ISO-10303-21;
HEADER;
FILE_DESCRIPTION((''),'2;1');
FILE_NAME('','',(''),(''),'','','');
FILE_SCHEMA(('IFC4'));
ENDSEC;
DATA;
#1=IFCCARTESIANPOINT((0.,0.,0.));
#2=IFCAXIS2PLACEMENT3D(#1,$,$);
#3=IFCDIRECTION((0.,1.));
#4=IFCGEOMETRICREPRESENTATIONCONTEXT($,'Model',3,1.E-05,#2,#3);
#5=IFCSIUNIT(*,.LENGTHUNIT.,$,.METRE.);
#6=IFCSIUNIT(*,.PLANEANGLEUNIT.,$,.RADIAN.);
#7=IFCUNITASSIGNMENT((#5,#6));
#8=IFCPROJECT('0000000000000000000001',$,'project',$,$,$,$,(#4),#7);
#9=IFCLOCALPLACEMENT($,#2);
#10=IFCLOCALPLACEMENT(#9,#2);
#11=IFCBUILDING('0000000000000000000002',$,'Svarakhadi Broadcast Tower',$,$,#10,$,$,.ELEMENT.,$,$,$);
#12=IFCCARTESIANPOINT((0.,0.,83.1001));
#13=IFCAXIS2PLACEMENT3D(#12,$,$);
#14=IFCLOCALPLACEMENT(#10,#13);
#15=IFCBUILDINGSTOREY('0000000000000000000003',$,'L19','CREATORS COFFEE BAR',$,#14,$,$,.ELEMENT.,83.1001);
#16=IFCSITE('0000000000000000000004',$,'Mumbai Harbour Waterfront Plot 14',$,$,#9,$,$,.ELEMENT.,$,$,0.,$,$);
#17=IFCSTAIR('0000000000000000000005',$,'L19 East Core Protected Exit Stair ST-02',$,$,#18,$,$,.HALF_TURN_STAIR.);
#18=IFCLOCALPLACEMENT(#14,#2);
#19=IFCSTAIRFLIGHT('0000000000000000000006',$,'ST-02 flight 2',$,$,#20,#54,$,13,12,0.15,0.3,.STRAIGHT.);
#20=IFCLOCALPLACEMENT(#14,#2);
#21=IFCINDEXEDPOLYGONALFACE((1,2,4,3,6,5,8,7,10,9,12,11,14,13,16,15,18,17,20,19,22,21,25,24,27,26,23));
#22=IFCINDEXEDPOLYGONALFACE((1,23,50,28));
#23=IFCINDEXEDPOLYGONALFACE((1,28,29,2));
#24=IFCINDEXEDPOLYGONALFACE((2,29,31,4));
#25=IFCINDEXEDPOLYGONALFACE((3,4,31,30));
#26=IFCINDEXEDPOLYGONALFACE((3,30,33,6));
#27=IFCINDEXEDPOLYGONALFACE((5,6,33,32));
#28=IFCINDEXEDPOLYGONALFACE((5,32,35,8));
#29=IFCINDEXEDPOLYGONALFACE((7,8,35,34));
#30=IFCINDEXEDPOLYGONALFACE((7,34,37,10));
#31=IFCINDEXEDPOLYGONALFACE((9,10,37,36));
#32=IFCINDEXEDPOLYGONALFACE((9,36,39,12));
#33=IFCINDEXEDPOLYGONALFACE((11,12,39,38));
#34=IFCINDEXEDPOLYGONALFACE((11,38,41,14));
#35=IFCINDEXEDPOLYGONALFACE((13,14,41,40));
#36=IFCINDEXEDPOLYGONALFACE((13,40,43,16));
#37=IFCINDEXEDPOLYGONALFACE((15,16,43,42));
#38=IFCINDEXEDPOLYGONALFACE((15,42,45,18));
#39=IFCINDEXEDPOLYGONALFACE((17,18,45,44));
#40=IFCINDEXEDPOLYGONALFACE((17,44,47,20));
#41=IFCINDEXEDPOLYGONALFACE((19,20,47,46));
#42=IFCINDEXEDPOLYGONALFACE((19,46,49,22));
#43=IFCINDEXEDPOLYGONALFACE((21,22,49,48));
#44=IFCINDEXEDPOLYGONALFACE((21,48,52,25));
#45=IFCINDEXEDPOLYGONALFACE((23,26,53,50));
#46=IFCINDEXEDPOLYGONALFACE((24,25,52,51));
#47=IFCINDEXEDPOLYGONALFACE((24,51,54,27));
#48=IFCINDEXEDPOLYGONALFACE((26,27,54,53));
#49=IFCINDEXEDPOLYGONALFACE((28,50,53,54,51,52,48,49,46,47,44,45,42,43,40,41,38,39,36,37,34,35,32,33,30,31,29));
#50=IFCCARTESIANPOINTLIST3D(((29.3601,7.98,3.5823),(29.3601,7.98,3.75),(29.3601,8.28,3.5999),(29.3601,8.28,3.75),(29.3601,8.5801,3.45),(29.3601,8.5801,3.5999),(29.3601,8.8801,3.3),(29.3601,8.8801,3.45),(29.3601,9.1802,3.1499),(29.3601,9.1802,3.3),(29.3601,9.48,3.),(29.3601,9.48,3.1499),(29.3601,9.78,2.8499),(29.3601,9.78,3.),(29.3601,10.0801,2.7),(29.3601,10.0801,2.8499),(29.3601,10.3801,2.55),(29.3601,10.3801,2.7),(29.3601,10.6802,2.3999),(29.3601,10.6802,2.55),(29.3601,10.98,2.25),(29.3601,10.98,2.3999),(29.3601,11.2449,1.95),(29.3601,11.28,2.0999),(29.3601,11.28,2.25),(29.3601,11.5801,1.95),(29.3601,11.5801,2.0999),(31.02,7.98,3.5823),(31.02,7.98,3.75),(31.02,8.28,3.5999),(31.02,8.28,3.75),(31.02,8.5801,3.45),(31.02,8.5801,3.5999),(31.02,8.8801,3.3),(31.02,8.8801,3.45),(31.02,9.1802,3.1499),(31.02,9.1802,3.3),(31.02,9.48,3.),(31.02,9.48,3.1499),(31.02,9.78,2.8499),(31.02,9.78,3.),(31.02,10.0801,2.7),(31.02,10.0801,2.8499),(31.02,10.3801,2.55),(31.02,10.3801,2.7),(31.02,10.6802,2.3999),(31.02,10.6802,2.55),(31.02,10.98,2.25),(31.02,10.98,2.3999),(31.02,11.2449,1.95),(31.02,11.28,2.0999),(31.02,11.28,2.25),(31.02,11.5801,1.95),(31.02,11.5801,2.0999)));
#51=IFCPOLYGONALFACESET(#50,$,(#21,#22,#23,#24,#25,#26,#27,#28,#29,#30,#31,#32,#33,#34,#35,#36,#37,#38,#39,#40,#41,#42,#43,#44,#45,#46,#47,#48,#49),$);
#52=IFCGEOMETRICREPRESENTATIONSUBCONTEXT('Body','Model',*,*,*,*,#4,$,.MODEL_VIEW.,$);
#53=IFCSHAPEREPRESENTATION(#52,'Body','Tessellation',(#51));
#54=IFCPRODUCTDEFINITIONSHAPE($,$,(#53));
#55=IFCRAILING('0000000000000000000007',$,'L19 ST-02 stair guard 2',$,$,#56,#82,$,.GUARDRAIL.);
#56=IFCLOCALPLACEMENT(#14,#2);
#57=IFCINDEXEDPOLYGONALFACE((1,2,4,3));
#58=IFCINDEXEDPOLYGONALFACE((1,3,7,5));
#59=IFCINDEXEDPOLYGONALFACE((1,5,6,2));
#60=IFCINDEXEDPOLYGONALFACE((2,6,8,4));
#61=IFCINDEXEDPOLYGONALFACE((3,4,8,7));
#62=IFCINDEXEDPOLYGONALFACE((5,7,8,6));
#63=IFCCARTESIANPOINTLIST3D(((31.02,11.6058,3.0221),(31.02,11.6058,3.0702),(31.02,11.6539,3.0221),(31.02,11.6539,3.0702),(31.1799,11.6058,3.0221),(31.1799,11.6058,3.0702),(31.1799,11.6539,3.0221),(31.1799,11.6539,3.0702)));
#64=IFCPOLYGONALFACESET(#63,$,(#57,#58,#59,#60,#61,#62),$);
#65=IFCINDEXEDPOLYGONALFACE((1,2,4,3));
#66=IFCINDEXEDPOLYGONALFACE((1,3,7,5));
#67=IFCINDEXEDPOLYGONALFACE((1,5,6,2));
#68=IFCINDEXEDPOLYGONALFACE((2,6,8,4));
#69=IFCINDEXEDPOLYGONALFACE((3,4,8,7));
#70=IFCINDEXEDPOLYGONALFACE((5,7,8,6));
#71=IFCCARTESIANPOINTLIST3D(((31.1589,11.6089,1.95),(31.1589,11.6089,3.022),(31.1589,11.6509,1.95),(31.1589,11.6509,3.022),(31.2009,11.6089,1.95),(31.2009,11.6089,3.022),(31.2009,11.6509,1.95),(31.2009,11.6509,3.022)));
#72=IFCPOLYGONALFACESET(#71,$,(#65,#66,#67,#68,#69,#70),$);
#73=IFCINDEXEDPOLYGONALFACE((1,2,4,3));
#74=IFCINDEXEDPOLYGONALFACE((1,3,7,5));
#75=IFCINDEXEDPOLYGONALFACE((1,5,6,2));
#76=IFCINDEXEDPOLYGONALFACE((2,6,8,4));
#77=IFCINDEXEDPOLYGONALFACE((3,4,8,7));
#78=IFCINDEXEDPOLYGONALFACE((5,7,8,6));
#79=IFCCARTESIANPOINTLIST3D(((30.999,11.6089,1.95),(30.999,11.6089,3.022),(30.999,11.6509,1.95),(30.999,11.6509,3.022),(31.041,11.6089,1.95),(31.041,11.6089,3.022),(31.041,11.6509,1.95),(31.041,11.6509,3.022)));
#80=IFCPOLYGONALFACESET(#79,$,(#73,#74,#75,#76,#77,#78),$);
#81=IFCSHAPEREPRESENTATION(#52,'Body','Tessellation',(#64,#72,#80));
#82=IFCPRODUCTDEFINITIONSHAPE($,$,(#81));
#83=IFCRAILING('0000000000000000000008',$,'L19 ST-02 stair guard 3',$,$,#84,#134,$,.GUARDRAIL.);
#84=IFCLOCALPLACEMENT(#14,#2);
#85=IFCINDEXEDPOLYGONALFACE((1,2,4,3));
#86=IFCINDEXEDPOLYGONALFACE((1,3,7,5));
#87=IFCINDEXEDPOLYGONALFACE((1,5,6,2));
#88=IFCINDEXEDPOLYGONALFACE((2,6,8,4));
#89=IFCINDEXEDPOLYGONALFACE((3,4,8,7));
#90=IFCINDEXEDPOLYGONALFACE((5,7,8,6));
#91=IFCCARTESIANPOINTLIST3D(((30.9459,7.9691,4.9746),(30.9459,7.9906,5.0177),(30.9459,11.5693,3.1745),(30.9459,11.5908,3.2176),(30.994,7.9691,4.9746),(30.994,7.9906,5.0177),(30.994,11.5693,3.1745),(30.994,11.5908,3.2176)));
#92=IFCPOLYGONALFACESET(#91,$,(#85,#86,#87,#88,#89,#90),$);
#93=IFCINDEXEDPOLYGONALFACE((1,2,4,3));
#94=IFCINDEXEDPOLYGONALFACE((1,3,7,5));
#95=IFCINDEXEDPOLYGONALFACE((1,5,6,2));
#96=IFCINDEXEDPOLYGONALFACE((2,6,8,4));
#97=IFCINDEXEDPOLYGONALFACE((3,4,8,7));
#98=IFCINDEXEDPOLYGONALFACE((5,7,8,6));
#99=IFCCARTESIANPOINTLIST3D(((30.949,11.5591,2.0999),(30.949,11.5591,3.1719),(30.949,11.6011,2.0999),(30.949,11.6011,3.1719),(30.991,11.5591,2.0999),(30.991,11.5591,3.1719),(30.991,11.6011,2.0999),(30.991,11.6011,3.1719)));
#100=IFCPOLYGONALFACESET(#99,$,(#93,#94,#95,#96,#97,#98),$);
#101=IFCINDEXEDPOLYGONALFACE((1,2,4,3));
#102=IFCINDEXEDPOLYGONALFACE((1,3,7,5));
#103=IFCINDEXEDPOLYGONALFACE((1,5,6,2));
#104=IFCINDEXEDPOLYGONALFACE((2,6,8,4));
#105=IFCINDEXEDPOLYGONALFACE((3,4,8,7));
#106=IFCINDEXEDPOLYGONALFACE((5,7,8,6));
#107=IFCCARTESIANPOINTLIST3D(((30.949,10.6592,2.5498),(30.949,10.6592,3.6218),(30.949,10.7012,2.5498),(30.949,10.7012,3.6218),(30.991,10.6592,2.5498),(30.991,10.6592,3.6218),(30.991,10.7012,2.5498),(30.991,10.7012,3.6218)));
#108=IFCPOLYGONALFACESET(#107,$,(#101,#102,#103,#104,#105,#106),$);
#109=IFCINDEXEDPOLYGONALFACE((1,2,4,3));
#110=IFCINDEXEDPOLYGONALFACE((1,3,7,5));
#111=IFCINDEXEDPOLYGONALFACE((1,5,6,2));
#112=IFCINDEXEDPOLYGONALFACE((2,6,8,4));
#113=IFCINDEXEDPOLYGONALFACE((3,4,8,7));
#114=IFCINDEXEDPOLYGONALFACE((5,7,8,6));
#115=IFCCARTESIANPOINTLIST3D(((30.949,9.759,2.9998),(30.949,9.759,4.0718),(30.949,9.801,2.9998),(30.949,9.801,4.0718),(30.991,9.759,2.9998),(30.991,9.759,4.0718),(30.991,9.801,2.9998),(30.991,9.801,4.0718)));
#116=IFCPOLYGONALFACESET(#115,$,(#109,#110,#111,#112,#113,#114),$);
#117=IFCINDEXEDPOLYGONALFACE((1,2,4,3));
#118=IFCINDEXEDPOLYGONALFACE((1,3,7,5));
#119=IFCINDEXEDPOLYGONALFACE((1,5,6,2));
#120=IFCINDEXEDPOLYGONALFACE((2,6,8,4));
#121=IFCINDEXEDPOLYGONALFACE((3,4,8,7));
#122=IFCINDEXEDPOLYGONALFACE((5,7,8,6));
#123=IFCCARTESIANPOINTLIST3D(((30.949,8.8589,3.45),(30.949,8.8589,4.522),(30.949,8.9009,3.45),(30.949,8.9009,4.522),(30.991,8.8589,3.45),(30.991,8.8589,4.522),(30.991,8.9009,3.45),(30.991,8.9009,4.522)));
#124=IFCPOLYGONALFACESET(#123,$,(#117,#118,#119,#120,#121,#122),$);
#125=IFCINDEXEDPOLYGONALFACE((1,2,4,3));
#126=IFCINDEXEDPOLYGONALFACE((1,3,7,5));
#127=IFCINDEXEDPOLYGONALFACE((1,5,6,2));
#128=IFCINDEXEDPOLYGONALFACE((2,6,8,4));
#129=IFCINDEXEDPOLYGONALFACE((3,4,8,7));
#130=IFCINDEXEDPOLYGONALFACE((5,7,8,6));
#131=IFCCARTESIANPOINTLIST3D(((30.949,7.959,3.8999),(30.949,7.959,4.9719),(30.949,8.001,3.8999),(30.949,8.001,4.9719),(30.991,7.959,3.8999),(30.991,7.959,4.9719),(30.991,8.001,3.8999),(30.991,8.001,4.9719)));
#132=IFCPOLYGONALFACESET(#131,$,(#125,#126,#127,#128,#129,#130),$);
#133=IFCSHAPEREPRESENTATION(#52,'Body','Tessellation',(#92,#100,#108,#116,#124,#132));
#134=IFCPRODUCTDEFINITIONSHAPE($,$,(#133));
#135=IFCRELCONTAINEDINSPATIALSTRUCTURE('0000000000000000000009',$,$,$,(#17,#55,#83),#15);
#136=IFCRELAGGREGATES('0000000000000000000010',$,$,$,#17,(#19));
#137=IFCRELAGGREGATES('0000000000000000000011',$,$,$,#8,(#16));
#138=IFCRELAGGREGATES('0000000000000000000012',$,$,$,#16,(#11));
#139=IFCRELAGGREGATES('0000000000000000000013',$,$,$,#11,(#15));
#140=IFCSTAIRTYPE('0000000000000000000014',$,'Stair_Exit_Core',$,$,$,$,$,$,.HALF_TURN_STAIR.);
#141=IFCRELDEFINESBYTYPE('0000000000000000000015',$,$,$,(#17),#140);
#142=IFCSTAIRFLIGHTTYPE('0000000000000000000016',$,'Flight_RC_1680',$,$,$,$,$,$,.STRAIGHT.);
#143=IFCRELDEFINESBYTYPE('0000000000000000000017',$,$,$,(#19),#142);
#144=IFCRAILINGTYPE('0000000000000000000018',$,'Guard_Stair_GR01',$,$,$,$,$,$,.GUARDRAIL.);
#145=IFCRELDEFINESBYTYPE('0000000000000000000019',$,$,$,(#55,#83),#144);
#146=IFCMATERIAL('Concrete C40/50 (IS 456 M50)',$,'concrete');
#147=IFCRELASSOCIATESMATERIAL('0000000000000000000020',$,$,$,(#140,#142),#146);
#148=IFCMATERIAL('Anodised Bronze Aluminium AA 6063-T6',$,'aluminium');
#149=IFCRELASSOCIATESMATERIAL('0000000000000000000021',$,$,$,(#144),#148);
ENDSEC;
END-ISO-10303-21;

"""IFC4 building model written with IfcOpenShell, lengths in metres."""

from ifc_helpers import new_model, si_unit, direction, frame, origin, origin_2d, place, context, subcontext, project, spatial, polyline, rectangle, outline, extrude, material, type_object, element, aggregate, save


model = new_model("IFC4")

# Units and contexts
model_context = context("Model", 3, precision=1e-05, world=origin(), true_north=direction((0.0, 1.0)))
body_context = subcontext(model_context, "Body", "Model", "MODEL_VIEW")
ifc_project = project(units=[si_unit("LENGTHUNIT", "METRE"), si_unit("PLANEANGLEUNIT", "RADIAN")], contexts=[model_context])

# Site, building, storey
site_placement = place(None, origin())
site = spatial("IfcSite", under=ifc_project, at=site_placement, Name="Mumbai Harbour Waterfront Plot 14", CompositionType="ELEMENT", RefElevation=0.0)
building_placement = place(site_placement, origin())
building = spatial("IfcBuilding", under=site, at=building_placement, Name="Svarakhadi Broadcast Tower", CompositionType="ELEMENT")
storey_placement = place(building_placement, frame((0.0, 0.0, 83.1001)))
storey = spatial("IfcBuildingStorey", under=building, at=storey_placement, Name="L19", Description="CREATORS COFFEE BAR", CompositionType="ELEMENT", Elevation=83.1001)

# Shared definitions
ifc_material_1 = material(Name="Anodised Bronze Aluminium AA 6063-T6", Category="aluminium")

# Stair, stair flight
ifc_material_2 = material(Name="Concrete C40/50 (IS 456 M50)", Category="concrete")
stair_type = type_object("IfcStairType", Name="Stair_Exit_Core", PredefinedType="HALF_TURN_STAIR", material=ifc_material_2)
stair_placement = place(storey_placement, origin())
stair = element("IfcStair", 1, at=stair_placement, inside=storey, type_object=stair_type, Name="L19 East Core Protected Exit Stair ST-02", PredefinedType="HALF_TURN_STAIR")
stair_flight_type = type_object("IfcStairFlightType", Name="Flight_RC_1680", PredefinedType="STRAIGHT", material=ifc_material_2)
stair_flight_placement = place(storey_placement, frame((30.1899, 11.5801, 1.95), z_axis=(0.0, 0.0, 1.0), x_axis=(0.0, -1.0, 0.0)))
stair_flight = element("IfcStairFlight", 2, at=stair_flight_placement, type_object=stair_flight_type, Name="ST-02 flight 2", NumberOfRisers=13, NumberOfTreads=12, PredefinedType="STRAIGHT", RiserHeight=0.15, TreadLength=0.3, context=body_context, shape_type="SweptSolid", body=[
    extrude(outline(polyline([(0.0, 0.0), (0.0, 0.1499), (0.3, 0.1499), (0.3, 0.3), (0.6001, 0.3), (0.6001, 0.45), (0.8999, 0.45), (0.8999, 0.6001), (1.2, 0.6001), (1.2, 0.75), (1.5, 0.75), (1.5, 0.8999), (1.8, 0.8999), (1.8, 1.05), (2.1001, 1.05), (2.1001, 1.2), (2.3999, 1.2), (2.3999, 1.3501), (2.7, 1.3501), (2.7, 1.5), (3.0, 1.5), (3.0, 1.6499), (3.3, 1.6499), (3.3, 1.8), (3.6001, 1.8), (3.6001, 1.95), (3.6001, 1.6323), (0.3352, 0.0), (0.0, 0.0)])), frame((0.0, 0.8301, 0.0), z_axis=(0.0, -1.0, 0.0), x_axis=(1.0, 0.0, 0.0)), (0.0, 0.0, 1.0), 1.6599),
])
aggregate(stair, [stair_flight])

# Railings
railing_type = type_object("IfcRailingType", Name="Guard_Stair_GR01", PredefinedType="GUARDRAIL", material=ifc_material_1)
railing_1_placement = place(storey_placement, frame((31.1799, 11.6299, 1.95)))
element("IfcRailing", 3, at=railing_1_placement, inside=storey, type_object=railing_type, Name="L19 ST-02 stair guard 2", PredefinedType="GUARDRAIL", context=body_context, shape_type="SweptSolid", body=[
    extrude(rectangle(XDim=0.0481, YDim=0.0481, at=origin_2d()), frame((0.0, 0.0, 1.0962), z_axis=(-1.0, 0.0, 0.0), x_axis=(0.0, -1.0, 0.0)), (0.0, 0.0, 1.0), 0.1599),
    extrude(rectangle(XDim=0.042, YDim=0.042, at=origin_2d()), origin(), (0.0, 0.0, 1.0), 1.072),
    extrude(rectangle(XDim=0.042, YDim=0.042, at=origin_2d()), frame((-0.1599, 0.0, 0.0)), (0.0, 0.0, 1.0), 1.072),
])
railing_2_placement = place(storey_placement, frame((30.97, 11.5801, 2.0999)))
element("IfcRailing", 4, at=railing_2_placement, inside=storey, type_object=railing_type, Name="L19 ST-02 stair guard 3", PredefinedType="GUARDRAIL", context=body_context, shape_type="SweptSolid", body=[
    extrude(rectangle(XDim=0.0481, YDim=0.0481, at=origin_2d()), frame((0.0, 0.0, 1.0962), z_axis=(0.0, -0.894427, 0.447214), x_axis=(1.0, 0.0, 0.0)), (0.0, 0.0, 1.0), 4.0251),
    extrude(rectangle(XDim=0.042, YDim=0.042, at=origin_2d()), origin(), (0.0, 0.0, 1.0), 1.072),
    extrude(rectangle(XDim=0.042, YDim=0.042, at=origin_2d()), frame((0.0, -0.8999, 0.45)), (0.0, 0.0, 1.0), 1.072),
    extrude(rectangle(XDim=0.042, YDim=0.042, at=origin_2d()), frame((0.0, -1.8, 0.8999)), (0.0, 0.0, 1.0), 1.072),
    extrude(rectangle(XDim=0.042, YDim=0.042, at=origin_2d()), frame((0.0, -2.7002, 1.3501)), (0.0, 0.0, 1.0), 1.072),
    extrude(rectangle(XDim=0.042, YDim=0.042, at=origin_2d()), frame((0.0, -3.6001, 1.8)), (0.0, 0.0, 1.0), 1.072),
])

save(model, "model.ifc")
